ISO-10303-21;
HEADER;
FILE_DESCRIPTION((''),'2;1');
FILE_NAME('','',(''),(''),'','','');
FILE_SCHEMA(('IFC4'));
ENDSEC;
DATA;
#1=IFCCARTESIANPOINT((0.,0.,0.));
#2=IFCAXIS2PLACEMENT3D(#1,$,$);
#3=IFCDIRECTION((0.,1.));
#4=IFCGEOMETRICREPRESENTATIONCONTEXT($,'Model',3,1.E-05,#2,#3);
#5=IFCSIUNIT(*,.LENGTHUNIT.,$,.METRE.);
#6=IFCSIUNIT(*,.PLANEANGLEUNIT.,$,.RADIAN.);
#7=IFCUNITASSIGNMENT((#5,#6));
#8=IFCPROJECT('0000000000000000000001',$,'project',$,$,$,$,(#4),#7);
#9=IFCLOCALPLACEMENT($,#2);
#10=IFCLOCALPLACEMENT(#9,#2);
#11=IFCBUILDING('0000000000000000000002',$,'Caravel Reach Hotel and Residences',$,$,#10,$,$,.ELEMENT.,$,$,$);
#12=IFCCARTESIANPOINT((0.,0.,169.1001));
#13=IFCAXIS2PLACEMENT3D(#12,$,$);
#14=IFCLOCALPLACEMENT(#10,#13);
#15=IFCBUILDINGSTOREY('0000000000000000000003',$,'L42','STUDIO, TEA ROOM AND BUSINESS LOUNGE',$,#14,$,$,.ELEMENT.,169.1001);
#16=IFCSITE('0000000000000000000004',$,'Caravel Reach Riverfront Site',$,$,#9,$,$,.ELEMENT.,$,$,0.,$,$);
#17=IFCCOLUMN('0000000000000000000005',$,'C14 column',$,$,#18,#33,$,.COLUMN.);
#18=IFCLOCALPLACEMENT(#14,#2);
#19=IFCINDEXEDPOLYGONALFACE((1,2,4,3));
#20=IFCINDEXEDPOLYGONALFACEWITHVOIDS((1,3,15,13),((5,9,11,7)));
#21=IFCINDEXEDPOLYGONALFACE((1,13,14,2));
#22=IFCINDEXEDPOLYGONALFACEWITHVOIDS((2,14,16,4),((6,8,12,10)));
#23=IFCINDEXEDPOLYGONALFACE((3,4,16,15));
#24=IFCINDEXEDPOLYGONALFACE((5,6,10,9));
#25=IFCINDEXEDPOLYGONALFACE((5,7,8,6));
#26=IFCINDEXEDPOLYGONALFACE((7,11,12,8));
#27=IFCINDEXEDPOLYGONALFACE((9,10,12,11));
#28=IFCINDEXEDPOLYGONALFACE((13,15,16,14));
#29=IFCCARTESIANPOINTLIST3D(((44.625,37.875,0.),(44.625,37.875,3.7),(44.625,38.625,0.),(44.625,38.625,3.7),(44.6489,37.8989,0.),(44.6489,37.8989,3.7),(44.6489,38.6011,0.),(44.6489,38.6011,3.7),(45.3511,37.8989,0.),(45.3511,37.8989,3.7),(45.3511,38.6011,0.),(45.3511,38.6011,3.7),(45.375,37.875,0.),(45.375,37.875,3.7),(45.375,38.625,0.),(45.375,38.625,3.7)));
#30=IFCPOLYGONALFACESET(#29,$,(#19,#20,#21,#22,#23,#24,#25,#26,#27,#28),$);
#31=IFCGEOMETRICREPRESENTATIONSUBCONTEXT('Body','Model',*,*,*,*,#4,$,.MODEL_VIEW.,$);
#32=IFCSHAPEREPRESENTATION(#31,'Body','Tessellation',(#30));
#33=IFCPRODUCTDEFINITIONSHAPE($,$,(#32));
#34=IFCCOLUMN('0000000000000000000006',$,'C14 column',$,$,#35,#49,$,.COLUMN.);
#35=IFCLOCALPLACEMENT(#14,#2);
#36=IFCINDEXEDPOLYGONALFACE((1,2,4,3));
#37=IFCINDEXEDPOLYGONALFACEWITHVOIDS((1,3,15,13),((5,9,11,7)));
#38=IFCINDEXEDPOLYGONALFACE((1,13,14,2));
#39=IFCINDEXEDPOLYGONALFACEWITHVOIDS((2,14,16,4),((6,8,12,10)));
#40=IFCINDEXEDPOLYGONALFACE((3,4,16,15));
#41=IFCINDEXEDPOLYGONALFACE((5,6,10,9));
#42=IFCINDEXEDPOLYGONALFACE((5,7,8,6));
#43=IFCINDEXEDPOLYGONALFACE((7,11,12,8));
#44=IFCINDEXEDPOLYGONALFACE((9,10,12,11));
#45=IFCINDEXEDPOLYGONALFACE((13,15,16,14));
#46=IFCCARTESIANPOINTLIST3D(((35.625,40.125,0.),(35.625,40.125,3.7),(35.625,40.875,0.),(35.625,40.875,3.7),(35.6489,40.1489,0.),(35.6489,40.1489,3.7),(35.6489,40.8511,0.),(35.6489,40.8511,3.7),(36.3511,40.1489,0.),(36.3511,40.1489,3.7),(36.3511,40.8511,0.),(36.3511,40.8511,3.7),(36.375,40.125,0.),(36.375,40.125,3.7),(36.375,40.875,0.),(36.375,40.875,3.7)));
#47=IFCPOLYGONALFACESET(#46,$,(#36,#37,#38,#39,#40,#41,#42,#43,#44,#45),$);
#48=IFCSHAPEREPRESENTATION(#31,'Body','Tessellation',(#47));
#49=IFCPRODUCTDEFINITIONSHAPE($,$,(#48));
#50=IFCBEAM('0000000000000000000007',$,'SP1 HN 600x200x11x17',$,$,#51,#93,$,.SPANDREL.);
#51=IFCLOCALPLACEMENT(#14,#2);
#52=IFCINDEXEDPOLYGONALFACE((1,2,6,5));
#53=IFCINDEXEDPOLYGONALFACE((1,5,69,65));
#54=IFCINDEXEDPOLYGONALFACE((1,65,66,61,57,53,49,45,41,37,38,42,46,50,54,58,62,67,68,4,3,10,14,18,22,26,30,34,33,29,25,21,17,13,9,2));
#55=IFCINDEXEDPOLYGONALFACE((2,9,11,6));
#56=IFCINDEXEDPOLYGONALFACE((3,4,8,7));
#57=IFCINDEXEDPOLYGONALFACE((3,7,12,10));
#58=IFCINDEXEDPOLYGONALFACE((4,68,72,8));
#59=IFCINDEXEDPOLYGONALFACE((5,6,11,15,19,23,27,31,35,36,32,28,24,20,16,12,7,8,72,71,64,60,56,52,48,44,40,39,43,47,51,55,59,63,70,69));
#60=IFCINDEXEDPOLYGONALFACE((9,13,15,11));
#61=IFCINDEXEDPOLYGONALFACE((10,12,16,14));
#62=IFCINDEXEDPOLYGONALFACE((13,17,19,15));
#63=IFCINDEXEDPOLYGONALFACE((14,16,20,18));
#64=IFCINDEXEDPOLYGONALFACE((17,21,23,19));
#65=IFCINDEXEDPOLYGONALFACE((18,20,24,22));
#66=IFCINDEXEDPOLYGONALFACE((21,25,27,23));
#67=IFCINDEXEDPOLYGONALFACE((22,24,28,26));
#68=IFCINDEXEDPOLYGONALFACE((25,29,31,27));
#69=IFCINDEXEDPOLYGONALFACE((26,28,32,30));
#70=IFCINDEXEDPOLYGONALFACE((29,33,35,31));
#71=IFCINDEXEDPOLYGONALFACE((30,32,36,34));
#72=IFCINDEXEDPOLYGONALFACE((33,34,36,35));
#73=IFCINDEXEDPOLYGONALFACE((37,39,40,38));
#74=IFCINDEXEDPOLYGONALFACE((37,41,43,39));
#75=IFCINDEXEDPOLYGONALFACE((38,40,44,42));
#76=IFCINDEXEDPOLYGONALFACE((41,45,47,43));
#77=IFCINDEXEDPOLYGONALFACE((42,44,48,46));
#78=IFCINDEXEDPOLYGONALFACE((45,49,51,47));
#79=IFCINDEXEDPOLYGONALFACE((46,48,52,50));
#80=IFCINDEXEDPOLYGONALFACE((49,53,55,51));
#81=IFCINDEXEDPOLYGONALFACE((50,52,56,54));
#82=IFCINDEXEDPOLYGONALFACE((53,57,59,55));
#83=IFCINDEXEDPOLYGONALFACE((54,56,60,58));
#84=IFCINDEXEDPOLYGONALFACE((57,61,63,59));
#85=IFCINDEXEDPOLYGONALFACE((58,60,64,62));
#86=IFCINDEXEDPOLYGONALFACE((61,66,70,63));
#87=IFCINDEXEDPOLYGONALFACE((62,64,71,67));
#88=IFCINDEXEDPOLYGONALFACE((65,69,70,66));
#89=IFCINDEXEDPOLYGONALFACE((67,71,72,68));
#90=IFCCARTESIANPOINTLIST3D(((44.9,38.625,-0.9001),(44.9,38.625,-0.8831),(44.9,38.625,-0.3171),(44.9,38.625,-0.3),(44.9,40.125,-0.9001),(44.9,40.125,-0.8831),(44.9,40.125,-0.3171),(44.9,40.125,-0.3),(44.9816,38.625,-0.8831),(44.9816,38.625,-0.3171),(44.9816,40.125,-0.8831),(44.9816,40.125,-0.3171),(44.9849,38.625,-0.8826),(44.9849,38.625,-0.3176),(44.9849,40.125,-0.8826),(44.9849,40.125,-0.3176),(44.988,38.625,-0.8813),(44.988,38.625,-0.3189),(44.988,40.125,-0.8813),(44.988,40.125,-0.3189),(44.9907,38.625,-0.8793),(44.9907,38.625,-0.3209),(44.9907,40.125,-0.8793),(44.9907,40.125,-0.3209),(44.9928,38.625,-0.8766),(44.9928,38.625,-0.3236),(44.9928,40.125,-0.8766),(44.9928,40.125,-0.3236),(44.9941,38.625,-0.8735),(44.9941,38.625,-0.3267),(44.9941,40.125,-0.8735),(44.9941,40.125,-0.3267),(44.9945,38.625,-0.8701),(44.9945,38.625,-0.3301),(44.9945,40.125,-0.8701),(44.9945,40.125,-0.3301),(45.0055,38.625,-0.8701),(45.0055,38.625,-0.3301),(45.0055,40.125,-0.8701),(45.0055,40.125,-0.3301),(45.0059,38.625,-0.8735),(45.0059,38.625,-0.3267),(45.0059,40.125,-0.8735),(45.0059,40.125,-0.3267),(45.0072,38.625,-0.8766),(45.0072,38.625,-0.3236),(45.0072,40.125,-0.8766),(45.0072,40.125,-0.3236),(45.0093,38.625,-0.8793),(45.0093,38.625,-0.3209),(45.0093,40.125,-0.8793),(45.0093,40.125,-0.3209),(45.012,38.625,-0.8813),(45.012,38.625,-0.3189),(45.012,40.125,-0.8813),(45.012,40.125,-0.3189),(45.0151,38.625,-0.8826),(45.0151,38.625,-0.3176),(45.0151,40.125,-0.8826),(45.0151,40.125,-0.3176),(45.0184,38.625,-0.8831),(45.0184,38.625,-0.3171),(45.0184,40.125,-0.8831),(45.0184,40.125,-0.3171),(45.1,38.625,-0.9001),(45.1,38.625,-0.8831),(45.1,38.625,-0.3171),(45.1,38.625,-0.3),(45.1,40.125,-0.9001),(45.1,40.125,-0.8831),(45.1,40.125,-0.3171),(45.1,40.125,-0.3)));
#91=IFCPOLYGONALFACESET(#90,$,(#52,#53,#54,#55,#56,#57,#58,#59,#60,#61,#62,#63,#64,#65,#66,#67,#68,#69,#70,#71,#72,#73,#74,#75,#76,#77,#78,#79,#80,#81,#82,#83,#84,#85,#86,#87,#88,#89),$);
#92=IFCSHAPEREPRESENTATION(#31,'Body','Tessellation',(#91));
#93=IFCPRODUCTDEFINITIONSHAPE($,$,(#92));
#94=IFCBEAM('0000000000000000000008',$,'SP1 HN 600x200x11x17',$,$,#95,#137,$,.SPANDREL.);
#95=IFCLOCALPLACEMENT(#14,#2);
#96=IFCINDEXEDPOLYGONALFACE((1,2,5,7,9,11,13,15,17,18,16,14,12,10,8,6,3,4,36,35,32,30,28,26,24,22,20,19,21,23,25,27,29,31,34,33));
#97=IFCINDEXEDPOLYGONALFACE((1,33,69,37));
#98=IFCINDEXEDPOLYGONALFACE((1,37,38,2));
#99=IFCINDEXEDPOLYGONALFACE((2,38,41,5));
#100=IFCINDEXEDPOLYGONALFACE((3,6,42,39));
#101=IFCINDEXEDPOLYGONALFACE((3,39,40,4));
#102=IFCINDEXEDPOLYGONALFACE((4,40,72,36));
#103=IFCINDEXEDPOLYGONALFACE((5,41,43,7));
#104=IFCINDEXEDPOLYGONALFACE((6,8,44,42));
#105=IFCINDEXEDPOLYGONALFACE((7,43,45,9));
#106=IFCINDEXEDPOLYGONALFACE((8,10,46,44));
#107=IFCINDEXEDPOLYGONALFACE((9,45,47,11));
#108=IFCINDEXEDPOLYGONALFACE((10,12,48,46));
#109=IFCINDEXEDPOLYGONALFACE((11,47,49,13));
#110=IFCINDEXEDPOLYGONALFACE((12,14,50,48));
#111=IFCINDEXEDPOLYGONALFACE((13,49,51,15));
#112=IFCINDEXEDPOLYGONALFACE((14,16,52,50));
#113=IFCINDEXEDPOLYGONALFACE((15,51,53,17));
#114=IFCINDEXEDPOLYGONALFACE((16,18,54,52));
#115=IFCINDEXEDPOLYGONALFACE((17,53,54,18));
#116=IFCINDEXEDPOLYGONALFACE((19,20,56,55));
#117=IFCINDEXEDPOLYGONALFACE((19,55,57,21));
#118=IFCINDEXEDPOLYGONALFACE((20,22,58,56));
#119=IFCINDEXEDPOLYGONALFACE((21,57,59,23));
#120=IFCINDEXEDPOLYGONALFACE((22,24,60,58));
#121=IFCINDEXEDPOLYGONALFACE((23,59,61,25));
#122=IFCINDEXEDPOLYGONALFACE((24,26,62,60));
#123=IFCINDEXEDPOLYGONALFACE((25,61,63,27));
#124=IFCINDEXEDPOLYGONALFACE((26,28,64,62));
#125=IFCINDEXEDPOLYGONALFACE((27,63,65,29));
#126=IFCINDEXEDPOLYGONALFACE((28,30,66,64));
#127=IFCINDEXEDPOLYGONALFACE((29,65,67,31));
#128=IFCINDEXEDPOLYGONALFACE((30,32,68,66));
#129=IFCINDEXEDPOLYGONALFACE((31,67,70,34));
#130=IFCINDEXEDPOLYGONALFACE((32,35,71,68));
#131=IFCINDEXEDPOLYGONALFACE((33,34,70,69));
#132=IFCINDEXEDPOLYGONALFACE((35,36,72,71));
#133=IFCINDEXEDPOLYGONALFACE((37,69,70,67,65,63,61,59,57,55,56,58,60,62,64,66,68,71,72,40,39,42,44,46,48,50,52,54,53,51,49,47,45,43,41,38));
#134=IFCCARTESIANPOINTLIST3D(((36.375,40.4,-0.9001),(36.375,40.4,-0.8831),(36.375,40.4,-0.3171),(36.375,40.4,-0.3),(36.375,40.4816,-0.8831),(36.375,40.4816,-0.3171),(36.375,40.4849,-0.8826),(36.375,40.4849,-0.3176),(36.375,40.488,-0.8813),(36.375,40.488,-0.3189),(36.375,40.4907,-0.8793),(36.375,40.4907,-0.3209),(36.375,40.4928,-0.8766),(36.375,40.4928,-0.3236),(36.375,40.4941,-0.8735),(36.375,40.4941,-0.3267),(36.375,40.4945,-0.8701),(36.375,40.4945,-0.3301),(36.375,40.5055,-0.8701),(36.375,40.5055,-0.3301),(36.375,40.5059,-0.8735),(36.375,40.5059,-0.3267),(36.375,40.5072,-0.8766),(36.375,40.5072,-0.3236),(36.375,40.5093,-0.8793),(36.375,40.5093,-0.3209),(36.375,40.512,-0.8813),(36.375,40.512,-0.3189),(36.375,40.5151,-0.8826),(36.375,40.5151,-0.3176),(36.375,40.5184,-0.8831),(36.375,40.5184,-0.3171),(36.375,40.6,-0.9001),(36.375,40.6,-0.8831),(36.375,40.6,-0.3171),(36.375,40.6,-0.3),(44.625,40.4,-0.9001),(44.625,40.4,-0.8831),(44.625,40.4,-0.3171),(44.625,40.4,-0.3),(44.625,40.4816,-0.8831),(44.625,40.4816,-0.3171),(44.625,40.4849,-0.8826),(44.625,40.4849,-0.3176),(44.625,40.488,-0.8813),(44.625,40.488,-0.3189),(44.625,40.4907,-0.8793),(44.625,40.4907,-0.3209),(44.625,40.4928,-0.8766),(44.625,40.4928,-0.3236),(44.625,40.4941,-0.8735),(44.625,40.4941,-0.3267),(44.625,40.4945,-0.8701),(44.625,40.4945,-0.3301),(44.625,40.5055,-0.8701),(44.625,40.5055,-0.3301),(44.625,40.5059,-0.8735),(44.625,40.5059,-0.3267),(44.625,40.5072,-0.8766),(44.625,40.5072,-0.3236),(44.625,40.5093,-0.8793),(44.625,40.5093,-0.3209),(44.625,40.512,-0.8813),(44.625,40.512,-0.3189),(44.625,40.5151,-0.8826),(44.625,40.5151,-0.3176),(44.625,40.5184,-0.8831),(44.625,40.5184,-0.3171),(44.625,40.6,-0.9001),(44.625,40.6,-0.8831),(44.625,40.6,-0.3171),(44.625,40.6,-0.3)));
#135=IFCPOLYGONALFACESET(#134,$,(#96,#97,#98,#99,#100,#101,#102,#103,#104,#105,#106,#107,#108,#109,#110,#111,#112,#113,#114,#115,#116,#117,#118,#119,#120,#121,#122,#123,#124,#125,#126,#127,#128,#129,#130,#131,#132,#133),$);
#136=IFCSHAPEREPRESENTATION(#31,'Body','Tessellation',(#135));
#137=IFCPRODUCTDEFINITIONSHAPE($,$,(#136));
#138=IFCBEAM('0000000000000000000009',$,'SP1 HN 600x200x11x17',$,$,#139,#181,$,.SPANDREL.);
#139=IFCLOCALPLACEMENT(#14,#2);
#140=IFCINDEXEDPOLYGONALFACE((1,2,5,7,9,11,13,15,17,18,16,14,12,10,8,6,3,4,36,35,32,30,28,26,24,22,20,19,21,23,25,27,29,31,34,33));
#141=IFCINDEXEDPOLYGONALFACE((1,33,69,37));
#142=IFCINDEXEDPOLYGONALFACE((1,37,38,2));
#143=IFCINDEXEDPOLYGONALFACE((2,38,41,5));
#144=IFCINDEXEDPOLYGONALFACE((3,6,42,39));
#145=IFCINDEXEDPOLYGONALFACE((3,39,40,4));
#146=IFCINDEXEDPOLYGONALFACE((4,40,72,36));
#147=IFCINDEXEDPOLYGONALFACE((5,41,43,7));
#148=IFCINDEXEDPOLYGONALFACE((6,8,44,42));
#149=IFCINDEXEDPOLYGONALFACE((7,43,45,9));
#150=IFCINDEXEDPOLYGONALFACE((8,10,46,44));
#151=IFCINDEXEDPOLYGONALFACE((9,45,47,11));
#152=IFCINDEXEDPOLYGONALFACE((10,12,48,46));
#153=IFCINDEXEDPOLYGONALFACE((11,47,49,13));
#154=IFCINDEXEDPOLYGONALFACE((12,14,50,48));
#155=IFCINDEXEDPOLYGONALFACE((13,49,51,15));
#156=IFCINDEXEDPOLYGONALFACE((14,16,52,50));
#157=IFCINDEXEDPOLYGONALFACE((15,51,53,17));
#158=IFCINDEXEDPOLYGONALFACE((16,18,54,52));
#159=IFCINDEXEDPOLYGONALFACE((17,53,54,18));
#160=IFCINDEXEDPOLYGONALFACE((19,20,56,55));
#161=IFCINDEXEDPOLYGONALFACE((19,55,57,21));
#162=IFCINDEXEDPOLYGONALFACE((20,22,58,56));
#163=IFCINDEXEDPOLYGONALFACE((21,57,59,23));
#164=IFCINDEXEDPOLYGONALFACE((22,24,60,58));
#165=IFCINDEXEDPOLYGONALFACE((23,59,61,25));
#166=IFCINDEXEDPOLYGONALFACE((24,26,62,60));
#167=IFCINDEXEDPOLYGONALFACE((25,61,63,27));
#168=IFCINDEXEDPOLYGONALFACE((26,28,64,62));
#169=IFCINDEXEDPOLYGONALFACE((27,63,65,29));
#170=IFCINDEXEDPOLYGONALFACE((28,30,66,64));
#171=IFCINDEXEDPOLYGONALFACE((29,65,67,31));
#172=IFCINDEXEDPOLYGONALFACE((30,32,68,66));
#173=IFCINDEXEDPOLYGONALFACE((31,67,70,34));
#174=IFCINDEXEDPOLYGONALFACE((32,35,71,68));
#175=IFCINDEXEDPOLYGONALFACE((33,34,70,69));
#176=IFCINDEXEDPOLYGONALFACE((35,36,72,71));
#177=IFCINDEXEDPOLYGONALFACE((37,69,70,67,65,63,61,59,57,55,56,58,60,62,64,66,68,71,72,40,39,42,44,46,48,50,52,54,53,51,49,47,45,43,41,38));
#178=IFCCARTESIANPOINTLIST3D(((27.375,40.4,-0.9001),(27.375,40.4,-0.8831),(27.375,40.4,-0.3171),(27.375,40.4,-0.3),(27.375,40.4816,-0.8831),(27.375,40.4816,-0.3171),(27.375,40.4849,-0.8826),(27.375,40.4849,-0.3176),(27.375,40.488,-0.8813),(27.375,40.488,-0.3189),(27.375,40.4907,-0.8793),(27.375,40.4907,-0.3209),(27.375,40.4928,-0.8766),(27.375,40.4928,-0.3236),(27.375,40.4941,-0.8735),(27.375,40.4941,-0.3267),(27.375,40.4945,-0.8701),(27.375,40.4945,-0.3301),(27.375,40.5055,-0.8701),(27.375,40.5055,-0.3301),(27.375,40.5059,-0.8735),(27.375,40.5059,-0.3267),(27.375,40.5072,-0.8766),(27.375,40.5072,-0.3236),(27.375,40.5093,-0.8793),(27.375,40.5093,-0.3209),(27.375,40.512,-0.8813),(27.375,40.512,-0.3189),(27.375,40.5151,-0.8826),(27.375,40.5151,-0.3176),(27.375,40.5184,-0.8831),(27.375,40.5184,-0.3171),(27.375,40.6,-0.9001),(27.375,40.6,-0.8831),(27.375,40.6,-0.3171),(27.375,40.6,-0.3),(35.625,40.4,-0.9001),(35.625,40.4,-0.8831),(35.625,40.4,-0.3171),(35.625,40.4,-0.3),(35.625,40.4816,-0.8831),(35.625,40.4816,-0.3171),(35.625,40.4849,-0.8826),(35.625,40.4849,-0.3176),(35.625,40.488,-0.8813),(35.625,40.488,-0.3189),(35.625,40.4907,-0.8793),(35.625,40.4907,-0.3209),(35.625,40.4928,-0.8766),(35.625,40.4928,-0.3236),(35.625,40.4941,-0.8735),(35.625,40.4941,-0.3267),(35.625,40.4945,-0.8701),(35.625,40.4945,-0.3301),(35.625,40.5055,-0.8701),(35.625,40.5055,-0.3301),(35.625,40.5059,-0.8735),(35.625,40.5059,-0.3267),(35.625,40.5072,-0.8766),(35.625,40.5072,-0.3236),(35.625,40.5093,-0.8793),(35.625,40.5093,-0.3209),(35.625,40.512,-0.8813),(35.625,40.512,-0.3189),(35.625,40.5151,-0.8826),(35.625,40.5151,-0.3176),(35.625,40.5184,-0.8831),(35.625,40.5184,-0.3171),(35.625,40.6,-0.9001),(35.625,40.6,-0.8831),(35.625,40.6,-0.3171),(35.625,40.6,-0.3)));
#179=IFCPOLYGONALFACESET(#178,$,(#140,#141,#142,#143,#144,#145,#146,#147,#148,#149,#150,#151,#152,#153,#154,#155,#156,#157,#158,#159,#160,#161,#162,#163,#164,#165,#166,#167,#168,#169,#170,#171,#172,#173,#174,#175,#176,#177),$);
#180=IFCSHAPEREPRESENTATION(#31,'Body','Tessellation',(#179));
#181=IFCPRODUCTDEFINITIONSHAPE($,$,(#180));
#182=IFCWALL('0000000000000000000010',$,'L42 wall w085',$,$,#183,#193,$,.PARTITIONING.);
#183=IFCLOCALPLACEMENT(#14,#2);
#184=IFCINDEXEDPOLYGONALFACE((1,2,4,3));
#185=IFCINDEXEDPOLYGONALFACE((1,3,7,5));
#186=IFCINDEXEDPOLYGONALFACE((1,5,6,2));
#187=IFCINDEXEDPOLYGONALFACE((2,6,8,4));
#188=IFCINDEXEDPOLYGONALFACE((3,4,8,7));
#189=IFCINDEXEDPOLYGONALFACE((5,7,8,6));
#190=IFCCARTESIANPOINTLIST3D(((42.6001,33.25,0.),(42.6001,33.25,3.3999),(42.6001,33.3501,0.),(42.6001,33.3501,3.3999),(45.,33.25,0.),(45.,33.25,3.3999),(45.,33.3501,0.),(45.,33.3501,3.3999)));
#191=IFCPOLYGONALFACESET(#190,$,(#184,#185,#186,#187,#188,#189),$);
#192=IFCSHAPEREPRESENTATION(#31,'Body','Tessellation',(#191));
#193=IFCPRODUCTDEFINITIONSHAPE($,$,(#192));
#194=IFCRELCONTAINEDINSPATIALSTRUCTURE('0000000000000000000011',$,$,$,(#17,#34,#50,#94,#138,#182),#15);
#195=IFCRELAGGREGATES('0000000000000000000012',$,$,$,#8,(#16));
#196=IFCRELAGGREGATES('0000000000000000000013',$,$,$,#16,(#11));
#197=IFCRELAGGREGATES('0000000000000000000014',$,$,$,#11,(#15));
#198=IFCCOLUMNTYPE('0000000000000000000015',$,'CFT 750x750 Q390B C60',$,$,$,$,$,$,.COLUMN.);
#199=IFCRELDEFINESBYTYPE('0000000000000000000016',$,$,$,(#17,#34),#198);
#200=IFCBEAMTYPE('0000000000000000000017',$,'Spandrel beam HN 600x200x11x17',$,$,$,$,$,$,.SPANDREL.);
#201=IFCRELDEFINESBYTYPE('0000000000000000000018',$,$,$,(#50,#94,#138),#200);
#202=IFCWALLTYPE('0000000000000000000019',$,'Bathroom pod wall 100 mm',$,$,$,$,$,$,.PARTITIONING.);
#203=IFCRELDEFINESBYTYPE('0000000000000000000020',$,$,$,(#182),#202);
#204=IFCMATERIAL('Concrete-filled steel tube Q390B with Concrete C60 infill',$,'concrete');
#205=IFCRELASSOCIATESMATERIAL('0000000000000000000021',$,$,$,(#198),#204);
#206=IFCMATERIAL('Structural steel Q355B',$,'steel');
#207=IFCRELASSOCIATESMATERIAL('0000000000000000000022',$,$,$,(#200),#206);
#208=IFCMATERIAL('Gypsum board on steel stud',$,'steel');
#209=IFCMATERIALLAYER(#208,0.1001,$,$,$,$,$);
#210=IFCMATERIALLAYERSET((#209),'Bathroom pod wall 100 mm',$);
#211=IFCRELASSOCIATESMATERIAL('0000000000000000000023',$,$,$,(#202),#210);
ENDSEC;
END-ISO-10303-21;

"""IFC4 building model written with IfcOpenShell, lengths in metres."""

from ifc_helpers import new_model, si_unit, direction, frame, frame_2d, origin, origin_2d, place, context, subcontext, project, spatial, rectangle, hollow_rectangle, i_section, extrude, material, layer, layer_set, material_profile, profile_set, type_object, element, save


model = new_model("IFC4")

# Units and contexts
model_context = context("Model", 3, precision=1e-05, world=origin(), true_north=direction((0.0, 1.0)))
body_context = subcontext(model_context, "Body", "Model", "MODEL_VIEW")
ifc_project = project(units=[si_unit("LENGTHUNIT", "METRE"), si_unit("PLANEANGLEUNIT", "RADIAN")], contexts=[model_context])

# Site, building, storey
site_placement = place(None, origin())
site = spatial("IfcSite", under=ifc_project, at=site_placement, Name="Caravel Reach Riverfront Site", CompositionType="ELEMENT", RefElevation=0.0)
building_placement = place(site_placement, origin())
building = spatial("IfcBuilding", under=site, at=building_placement, Name="Caravel Reach Hotel and Residences", CompositionType="ELEMENT")
storey_placement = place(building_placement, frame((0.0, 0.0, 169.1001)))
storey = spatial("IfcBuildingStorey", under=building, at=storey_placement, Name="L42", Description="STUDIO, TEA ROOM AND BUSINESS LOUNGE", CompositionType="ELEMENT", Elevation=169.1001)

# Columns
ifc_material_1 = material(Name="Concrete-filled steel tube Q390B with Concrete C60 infill", Category="concrete")
ifc_material_profile_1 = material_profile(ifc_material_1, hollow_rectangle(XDim=0.75, YDim=0.75, WallThickness=0.0239, at=origin_2d()), Name="RHS 750x750x24")
ifc_profile_set_1 = profile_set([ifc_material_profile_1], Name="Concrete-filled steel tube Q390B with Concrete C60 infill")
column_type = type_object("IfcColumnType", Name="CFT 750x750 Q390B C60", PredefinedType="COLUMN", material=ifc_profile_set_1)
for number, where, z_axis, x_axis, name in (
    (1, (45.0, 38.25, 0.0), (0.0, 0.0, 1.0), (1.0, 0.0, 0.0), "C14 column"),
    (2, (36.0, 40.5, 0.0), (0.0, 0.0, 1.0), (1.0, 0.0, 0.0), "C14 column"),
):
    element("IfcColumn", number, at=place(storey_placement, frame(where, z_axis=z_axis, x_axis=x_axis)), inside=storey, type_object=column_type, Name=name, PredefinedType="COLUMN", context=body_context, shape_type="SweptSolid", body=[
        extrude(hollow_rectangle(XDim=0.75, YDim=0.75, WallThickness=0.0239, at=origin_2d()), origin(), (0.0, 0.0, 1.0), 3.7),
    ])

# Beams
ifc_material_2 = material(Name="Structural steel Q355B", Category="steel")
ifc_material_profile_2 = material_profile(ifc_material_2, i_section(OverallWidth=0.2, OverallDepth=0.6001, WebThickness=0.011, FlangeThickness=0.0171, FilletRadius=0.0129, at=origin_2d()), Name="HN 600x200x11x17")
ifc_profile_set_2 = profile_set([ifc_material_profile_2], Name="Structural steel Q355B")
beam_type = type_object("IfcBeamType", Name="Spandrel beam HN 600x200x11x17", PredefinedType="SPANDREL", material=ifc_profile_set_2)
beam_placement = place(storey_placement, frame((45.0, 38.625, -0.6001), z_axis=(0.0, 1.0, 0.0), x_axis=(-1.0, 0.0, 0.0)))
element("IfcBeam", 3, at=beam_placement, inside=storey, type_object=beam_type, Name="SP1 HN 600x200x11x17", PredefinedType="SPANDREL", context=body_context, shape_type="SweptSolid", body=[
    extrude(i_section(OverallWidth=0.2, OverallDepth=0.6001, WebThickness=0.011, FlangeThickness=0.0171, FilletRadius=0.0129, at=origin_2d()), origin(), (0.0, 0.0, 1.0), 1.5),
])
for number, where, z_axis, x_axis, name in (
    (4, (44.625, 40.5, -0.6001), (-1.0, 0.0, 0.0), (0.0, -1.0, 0.0), "SP1 HN 600x200x11x17"),
    (5, (35.625, 40.5, -0.6001), (-1.0, 0.0, 0.0), (0.0, -1.0, 0.0), "SP1 HN 600x200x11x17"),
):
    element("IfcBeam", number, at=place(storey_placement, frame(where, z_axis=z_axis, x_axis=x_axis)), inside=storey, type_object=beam_type, Name=name, PredefinedType="SPANDREL", context=body_context, shape_type="SweptSolid", body=[
        extrude(i_section(OverallWidth=0.2, OverallDepth=0.6001, WebThickness=0.011, FlangeThickness=0.0171, FilletRadius=0.0129, at=origin_2d()), origin(), (0.0, 0.0, 1.0), 8.25),
    ])

# Wall
ifc_material_3 = material(Name="Gypsum board on steel stud", Category="steel")
ifc_layer_1 = layer(ifc_material_3, 0.1001)
ifc_layer_set_1 = layer_set([ifc_layer_1], Name="Bathroom pod wall 100 mm")
wall_type_1 = type_object("IfcWallType", Name="Bathroom pod wall 100 mm", PredefinedType="PARTITIONING", material=ifc_layer_set_1)
for number, where, z_axis, x_axis, name in (
    (6, (42.6001, 33.3, 0.0), (0.0, 0.0, 1.0), (1.0, 0.0, 0.0), "L42 wall w085"),
):
    element("IfcWall", number, at=place(storey_placement, frame(where, z_axis=z_axis, x_axis=x_axis)), inside=storey, type_object=wall_type_1, Name=name, PredefinedType="PARTITIONING", context=body_context, shape_type="SweptSolid", body=[
        extrude(rectangle(XDim=2.3999, YDim=0.1001, at=frame_2d((1.2, 0.0))), origin(), (0.0, 0.0, 1.0), 3.3999),
    ])

save(model, "model.ifc")
